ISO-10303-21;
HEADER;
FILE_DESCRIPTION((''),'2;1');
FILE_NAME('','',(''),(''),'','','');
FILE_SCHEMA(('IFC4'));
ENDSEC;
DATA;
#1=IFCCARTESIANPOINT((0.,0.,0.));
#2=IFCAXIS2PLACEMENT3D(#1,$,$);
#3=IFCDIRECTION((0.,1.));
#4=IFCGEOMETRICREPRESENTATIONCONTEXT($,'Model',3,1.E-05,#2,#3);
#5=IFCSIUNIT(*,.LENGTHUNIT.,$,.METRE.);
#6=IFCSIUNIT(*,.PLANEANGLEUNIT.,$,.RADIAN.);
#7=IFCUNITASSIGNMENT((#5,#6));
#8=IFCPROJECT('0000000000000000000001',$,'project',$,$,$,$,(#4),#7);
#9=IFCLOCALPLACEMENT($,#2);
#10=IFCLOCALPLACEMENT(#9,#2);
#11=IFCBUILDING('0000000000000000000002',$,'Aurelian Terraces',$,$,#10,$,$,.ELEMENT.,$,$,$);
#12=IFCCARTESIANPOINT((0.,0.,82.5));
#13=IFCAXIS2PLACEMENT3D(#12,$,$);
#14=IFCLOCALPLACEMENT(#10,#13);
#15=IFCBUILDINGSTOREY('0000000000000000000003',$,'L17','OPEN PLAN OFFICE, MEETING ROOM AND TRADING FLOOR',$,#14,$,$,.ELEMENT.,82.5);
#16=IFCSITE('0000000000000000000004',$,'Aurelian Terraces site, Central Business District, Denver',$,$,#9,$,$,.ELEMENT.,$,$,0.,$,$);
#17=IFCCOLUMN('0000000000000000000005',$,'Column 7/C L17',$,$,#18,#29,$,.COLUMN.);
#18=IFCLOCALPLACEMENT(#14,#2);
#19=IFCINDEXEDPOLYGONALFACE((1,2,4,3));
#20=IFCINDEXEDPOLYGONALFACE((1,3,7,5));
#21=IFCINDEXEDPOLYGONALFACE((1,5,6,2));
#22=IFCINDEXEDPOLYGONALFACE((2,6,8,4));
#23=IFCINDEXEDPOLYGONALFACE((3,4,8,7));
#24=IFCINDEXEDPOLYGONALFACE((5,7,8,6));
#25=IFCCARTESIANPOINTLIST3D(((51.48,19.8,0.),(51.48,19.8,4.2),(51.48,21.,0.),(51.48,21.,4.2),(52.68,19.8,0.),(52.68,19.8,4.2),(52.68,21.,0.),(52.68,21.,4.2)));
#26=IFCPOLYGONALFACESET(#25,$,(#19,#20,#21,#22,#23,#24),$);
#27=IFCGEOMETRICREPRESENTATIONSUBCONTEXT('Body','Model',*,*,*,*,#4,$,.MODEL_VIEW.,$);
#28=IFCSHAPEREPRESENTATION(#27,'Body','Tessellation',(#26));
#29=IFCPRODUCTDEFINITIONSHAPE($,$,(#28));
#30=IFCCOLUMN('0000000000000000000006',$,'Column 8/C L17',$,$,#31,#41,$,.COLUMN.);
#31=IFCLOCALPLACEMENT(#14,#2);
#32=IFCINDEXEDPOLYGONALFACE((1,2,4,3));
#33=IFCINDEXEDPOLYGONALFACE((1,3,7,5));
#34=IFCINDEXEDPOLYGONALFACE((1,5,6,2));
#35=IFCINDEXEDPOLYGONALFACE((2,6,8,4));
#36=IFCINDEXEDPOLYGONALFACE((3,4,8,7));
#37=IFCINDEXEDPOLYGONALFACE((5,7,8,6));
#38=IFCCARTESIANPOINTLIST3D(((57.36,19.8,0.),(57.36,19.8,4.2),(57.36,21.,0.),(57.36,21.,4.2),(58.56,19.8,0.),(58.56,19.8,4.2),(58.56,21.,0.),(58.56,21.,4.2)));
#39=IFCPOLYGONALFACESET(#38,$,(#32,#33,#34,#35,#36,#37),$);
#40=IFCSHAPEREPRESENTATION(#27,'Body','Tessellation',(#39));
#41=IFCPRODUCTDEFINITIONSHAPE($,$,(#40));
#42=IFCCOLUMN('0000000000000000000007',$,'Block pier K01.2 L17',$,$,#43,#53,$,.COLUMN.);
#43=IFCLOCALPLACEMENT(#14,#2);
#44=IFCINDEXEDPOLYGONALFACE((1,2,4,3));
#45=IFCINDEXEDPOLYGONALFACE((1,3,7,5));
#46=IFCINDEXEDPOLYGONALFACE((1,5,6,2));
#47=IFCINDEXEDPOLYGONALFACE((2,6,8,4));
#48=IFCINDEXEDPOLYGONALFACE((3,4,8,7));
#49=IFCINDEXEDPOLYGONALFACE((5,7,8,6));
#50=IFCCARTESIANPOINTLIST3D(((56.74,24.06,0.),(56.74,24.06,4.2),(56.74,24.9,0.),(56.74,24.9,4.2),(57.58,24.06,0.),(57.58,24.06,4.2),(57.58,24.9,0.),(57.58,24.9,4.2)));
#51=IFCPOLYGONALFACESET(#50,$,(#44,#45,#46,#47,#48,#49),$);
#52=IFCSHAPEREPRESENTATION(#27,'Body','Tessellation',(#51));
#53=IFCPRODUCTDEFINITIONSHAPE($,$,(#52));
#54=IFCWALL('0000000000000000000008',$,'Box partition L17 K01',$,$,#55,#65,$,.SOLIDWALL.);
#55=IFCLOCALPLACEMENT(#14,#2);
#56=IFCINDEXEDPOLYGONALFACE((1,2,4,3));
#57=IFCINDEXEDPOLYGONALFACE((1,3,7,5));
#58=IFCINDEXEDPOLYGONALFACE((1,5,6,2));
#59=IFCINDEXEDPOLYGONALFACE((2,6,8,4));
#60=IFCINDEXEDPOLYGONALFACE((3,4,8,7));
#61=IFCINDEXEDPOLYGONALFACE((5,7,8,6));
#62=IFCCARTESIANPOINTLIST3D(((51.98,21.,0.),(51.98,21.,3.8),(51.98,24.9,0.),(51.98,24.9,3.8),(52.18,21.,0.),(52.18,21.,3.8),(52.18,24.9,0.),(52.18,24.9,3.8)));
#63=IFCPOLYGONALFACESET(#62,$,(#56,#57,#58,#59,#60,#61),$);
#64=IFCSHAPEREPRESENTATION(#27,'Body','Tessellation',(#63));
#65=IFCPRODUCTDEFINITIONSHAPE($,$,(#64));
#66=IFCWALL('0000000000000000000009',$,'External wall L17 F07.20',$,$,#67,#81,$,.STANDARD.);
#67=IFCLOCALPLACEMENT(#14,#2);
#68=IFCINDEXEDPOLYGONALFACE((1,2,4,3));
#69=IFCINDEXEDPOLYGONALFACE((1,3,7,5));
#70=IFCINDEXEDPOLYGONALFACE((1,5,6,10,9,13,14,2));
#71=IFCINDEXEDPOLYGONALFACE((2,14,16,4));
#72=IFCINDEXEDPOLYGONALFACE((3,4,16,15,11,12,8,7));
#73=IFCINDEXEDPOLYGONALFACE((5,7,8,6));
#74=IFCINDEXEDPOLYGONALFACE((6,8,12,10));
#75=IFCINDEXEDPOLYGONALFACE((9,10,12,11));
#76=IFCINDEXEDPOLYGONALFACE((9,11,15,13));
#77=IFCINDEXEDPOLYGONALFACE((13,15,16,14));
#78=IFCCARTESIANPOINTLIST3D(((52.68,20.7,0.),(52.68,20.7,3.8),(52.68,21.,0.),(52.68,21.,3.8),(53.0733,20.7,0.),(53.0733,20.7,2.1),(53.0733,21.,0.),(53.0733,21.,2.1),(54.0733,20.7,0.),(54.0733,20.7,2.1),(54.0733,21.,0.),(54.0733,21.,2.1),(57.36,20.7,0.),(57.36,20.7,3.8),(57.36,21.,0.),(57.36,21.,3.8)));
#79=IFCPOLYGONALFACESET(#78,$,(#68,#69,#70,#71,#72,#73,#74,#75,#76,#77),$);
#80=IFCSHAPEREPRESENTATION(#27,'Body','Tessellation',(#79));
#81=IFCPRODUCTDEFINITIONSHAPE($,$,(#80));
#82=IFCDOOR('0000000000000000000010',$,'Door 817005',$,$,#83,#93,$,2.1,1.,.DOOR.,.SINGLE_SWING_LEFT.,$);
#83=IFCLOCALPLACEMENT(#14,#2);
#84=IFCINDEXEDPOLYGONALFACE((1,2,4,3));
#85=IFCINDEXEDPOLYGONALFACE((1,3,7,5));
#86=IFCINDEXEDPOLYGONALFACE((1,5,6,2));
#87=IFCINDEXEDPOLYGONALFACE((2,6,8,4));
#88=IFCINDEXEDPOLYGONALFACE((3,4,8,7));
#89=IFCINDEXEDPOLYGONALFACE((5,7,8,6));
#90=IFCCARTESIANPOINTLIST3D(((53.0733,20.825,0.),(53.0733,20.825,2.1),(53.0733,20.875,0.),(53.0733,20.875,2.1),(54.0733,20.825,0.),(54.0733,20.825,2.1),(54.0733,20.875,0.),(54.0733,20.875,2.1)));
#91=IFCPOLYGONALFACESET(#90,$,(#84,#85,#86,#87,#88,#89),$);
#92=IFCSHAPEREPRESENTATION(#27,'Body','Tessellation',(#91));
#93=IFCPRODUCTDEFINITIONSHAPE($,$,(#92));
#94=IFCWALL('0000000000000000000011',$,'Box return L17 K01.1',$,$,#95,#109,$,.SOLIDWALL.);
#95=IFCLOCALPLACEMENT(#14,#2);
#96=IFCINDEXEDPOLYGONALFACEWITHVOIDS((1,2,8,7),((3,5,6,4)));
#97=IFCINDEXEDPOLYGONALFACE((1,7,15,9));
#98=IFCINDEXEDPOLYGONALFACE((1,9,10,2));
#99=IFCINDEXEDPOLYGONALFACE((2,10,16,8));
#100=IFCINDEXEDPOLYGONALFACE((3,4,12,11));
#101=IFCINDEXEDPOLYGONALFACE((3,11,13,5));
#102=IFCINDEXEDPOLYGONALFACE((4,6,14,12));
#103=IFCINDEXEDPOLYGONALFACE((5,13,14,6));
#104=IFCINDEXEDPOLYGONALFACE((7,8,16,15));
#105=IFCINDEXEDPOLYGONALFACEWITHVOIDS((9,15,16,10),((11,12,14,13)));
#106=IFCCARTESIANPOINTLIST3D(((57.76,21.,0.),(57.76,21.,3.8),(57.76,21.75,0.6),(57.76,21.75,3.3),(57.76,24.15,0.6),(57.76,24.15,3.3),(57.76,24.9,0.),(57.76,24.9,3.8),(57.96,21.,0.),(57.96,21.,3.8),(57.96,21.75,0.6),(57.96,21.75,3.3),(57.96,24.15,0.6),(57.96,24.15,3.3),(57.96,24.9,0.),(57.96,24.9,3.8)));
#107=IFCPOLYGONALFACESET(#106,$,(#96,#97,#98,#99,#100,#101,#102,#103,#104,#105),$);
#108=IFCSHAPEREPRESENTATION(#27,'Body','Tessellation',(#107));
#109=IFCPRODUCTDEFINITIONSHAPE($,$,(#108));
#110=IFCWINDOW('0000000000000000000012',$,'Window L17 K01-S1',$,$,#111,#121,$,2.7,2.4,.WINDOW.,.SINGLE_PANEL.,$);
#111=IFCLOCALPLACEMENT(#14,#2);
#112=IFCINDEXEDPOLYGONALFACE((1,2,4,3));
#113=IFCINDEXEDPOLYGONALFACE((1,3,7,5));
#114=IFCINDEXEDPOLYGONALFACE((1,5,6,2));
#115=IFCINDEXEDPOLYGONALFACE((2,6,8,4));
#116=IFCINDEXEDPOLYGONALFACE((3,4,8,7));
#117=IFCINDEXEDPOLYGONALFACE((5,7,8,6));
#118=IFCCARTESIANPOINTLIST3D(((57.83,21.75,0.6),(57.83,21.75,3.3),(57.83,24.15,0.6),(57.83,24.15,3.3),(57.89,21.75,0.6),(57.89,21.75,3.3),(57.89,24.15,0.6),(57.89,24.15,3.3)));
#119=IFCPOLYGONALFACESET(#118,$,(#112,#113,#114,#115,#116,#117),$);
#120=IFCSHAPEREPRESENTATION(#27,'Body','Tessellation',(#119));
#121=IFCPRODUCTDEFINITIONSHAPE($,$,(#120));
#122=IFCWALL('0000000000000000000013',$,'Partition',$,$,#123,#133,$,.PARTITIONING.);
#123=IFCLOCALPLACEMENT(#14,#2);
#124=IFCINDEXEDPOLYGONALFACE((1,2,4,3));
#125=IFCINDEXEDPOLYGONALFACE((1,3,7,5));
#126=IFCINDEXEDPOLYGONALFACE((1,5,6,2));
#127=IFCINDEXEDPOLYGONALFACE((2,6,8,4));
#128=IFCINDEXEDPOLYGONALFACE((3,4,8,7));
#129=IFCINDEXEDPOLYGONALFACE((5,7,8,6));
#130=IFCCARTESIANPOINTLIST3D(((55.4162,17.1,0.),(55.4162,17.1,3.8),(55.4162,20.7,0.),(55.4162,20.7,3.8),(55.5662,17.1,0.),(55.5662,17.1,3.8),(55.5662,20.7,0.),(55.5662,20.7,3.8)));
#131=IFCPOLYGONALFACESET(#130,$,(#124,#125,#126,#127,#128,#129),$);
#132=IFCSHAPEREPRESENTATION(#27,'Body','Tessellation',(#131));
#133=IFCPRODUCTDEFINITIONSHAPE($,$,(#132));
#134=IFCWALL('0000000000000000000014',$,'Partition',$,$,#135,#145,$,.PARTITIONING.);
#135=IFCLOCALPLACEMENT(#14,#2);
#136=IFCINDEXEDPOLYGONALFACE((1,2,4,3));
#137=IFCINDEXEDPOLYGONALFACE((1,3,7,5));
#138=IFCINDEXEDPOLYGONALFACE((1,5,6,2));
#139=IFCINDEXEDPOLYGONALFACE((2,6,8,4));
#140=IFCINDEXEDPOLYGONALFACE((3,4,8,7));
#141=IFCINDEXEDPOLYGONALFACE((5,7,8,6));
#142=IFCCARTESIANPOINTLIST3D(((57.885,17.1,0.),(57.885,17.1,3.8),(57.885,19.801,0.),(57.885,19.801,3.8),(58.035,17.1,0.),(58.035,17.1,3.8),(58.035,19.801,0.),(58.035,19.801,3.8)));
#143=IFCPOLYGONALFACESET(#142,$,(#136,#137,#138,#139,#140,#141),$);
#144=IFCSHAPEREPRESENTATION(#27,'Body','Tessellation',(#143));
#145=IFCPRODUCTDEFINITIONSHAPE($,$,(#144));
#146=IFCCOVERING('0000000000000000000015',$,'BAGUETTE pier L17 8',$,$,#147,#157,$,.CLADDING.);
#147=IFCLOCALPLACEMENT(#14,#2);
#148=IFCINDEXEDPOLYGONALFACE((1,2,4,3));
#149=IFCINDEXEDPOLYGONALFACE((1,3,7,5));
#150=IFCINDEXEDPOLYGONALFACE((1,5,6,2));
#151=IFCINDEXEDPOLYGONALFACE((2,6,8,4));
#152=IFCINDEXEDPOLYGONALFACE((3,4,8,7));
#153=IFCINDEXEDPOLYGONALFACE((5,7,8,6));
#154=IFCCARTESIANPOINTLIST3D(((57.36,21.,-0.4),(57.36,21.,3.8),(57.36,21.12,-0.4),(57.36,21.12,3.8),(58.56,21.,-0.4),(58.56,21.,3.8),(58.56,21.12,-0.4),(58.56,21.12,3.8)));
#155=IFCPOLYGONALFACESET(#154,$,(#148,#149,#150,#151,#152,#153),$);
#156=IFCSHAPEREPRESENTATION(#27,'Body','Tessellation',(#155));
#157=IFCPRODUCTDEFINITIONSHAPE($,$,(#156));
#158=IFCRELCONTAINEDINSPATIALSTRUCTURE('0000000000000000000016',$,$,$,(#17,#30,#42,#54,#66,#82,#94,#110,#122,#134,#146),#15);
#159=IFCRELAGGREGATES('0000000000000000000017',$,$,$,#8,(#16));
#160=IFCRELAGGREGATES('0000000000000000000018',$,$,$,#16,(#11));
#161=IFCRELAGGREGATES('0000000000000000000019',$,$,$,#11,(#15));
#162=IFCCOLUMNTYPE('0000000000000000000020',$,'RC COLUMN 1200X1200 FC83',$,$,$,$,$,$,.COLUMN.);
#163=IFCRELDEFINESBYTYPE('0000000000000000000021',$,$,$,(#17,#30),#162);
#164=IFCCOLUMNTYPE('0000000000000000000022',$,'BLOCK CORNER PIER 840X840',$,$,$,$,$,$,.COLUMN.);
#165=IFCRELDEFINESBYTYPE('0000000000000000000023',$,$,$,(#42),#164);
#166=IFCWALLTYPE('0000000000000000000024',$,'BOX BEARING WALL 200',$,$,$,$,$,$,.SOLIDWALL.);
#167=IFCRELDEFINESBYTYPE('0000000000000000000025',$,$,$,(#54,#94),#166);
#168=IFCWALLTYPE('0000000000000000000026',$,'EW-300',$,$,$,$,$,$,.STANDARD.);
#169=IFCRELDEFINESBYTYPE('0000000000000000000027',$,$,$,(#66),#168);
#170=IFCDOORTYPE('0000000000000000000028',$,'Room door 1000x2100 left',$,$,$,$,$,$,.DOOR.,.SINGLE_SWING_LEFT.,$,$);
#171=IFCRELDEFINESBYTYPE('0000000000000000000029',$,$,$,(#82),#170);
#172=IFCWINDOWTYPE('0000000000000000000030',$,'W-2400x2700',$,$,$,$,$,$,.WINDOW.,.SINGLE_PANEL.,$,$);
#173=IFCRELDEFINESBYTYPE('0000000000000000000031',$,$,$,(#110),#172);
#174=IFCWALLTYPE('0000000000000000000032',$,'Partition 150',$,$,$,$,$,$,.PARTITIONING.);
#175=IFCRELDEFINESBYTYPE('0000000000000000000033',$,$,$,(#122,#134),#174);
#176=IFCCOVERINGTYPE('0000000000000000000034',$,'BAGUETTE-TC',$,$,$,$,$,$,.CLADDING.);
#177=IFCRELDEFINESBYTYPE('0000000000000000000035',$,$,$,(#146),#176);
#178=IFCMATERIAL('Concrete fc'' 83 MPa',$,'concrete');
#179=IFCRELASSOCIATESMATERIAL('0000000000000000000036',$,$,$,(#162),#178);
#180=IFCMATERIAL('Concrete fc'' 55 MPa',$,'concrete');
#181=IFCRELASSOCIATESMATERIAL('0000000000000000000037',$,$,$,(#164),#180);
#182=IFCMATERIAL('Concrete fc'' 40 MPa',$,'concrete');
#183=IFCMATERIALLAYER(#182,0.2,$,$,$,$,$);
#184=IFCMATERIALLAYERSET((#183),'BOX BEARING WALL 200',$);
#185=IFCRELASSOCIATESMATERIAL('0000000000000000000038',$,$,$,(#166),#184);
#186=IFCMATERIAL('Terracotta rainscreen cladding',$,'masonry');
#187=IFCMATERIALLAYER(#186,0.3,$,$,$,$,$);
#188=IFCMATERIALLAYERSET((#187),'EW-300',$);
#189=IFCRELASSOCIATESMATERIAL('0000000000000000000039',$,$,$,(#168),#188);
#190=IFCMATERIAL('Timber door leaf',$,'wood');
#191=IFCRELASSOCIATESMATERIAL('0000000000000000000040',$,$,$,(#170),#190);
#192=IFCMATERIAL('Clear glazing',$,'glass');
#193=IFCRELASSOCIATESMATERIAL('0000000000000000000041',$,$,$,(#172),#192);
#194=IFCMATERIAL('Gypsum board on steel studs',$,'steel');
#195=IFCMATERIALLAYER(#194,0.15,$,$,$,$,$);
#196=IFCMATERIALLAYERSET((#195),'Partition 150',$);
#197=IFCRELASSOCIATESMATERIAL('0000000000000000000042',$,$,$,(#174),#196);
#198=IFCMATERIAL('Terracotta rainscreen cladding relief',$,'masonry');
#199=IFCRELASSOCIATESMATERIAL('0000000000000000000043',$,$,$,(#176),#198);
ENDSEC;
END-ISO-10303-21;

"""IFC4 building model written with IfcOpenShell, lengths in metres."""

from ifc_helpers import new_model, si_unit, direction, frame, frame_2d, origin, origin_2d, place, context, subcontext, project, spatial, rectangle, extrude, source, transform, mapped, material, layer, layer_set, material_profile, profile_set, type_object, element, fill, save


model = new_model("IFC4")

# Units and contexts
model_context = context("Model", 3, precision=1e-05, world=origin(), true_north=direction((0.0, 1.0)))
body_context = subcontext(model_context, "Body", "Model", "MODEL_VIEW")
ifc_project = project(units=[si_unit("LENGTHUNIT", "METRE"), si_unit("PLANEANGLEUNIT", "RADIAN")], contexts=[model_context])

# Site, building, storey
site_placement = place(None, origin())
site = spatial("IfcSite", under=ifc_project, at=site_placement, Name="Aurelian Terraces site, Central Business District, Denver", CompositionType="ELEMENT", RefElevation=0.0)
building_placement = place(site_placement, origin())
building = spatial("IfcBuilding", under=site, at=building_placement, Name="Aurelian Terraces", CompositionType="ELEMENT")
storey_placement = place(building_placement, frame((0.0, 0.0, 82.5)))
storey = spatial("IfcBuildingStorey", under=building, at=storey_placement, Name="L17", Description="OPEN PLAN OFFICE, MEETING ROOM AND TRADING FLOOR", CompositionType="ELEMENT", Elevation=82.5)

# Columns
ifc_material_1 = material(Name="Concrete fc' 83 MPa", Category="concrete")
ifc_material_profile_1 = material_profile(ifc_material_1, rectangle(XDim=1.2, YDim=1.2, at=origin_2d()))
ifc_profile_set_1 = profile_set([ifc_material_profile_1], Name="Concrete fc' 83 MPa")
column_type_1 = type_object("IfcColumnType", Name="RC COLUMN 1200X1200 FC83", PredefinedType="COLUMN", material=ifc_profile_set_1)
shared_shape_1 = source(origin(), body_context, "Body", "SweptSolid", [
    extrude(rectangle(XDim=1.2, YDim=1.2, at=origin_2d()), origin(), (0.0, 0.0, 1.0), 4.2),
])
for number, where, z_axis, x_axis, name in (
    (1, (52.08, 20.4, 0.0), (0.0, 0.0, 1.0), (1.0, 0.0, 0.0), "Column 7/C L17"),
    (2, (57.96, 20.4, 0.0), (0.0, 0.0, 1.0), (1.0, 0.0, 0.0), "Column 8/C L17"),
):
    element("IfcColumn", number, at=place(storey_placement, frame(where, z_axis=z_axis, x_axis=x_axis)), inside=storey, type_object=column_type_1, Name=name, PredefinedType="COLUMN", context=body_context, shape_type="MappedRepresentation", body=[
        mapped(shared_shape_1, transform((0.0, 0.0, 0.0), scale=1.0)),
    ])
ifc_material_2 = material(Name="Concrete fc' 55 MPa", Category="concrete")
ifc_material_profile_2 = material_profile(ifc_material_2, rectangle(XDim=0.84, YDim=0.84, at=origin_2d()))
ifc_profile_set_2 = profile_set([ifc_material_profile_2], Name="Concrete fc' 55 MPa")
column_type_2 = type_object("IfcColumnType", Name="BLOCK CORNER PIER 840X840", PredefinedType="COLUMN", material=ifc_profile_set_2)
shared_shape_2 = source(origin(), body_context, "Body", "SweptSolid", [
    extrude(rectangle(XDim=0.84, YDim=0.84, at=origin_2d()), origin(), (0.0, 0.0, 1.0), 4.2),
])
column_placement = place(storey_placement, frame((57.16, 24.48, 0.0), z_axis=(0.0, 0.0, 1.0), x_axis=(1.0, 0.0, 0.0)))
element("IfcColumn", 3, at=column_placement, inside=storey, type_object=column_type_2, Name="Block pier K01.2 L17", PredefinedType="COLUMN", context=body_context, shape_type="MappedRepresentation", body=[
    mapped(shared_shape_2, transform((0.0, 0.0, 0.0), scale=1.0)),
])

# Wall
ifc_material_3 = material(Name="Concrete fc' 40 MPa", Category="concrete")
ifc_layer_1 = layer(ifc_material_3, 0.2)
ifc_layer_set_1 = layer_set([ifc_layer_1], Name="BOX BEARING WALL 200")
wall_type_1 = type_object("IfcWallType", Name="BOX BEARING WALL 200", PredefinedType="SOLIDWALL", material=ifc_layer_set_1)
wall_1_placement = place(storey_placement, frame((52.08, 21.0, 0.0), z_axis=(0.0, 0.0, 1.0), x_axis=(0.0, 1.0, 0.0)))
element("IfcWall", 4, at=wall_1_placement, inside=storey, type_object=wall_type_1, Name="Box partition L17 K01", PredefinedType="SOLIDWALL", context=body_context, shape_type="SweptSolid", body=[
    extrude(rectangle(XDim=3.9, YDim=0.2, at=frame_2d((1.95, 0.0))), origin(), (0.0, 0.0, 1.0), 3.8),
])

# Wall, opening, door
ifc_material_4 = material(Name="Terracotta rainscreen cladding", Category="masonry")
ifc_layer_2 = layer(ifc_material_4, 0.3)
ifc_layer_set_2 = layer_set([ifc_layer_2], Name="EW-300")
wall_type_2 = type_object("IfcWallType", Name="EW-300", PredefinedType="STANDARD", material=ifc_layer_set_2)
shared_shape_3 = source(origin(), body_context, "Body", "SweptSolid", [
    extrude(rectangle(XDim=4.68, YDim=0.3, at=frame_2d((2.34, 0.0))), origin(), (0.0, 0.0, 1.0), 3.8),
])
wall_2_placement = place(storey_placement, frame((57.36, 20.85, 0.0), z_axis=(0.0, 0.0, 1.0), x_axis=(-1.0, 0.0, 0.0)))
wall_2 = element("IfcWall", 5, at=wall_2_placement, inside=storey, type_object=wall_type_2, Name="External wall L17 F07.20", PredefinedType="STANDARD", context=body_context, shape_type="MappedRepresentation", body=[
    mapped(shared_shape_3, transform((0.0, 0.0, 0.0), scale=1.0)),
])
shared_shape_4 = source(origin(), body_context, "Body", "SweptSolid", [
    extrude(rectangle(XDim=1.0, YDim=2.1, at=frame_2d((0.5, 1.05))), frame((0.0, 0.16, 0.0), z_axis=(0.0, -1.0, 0.0), x_axis=(1.0, 0.0, 0.0)), (0.0, 0.0, 1.0), 0.32),
])
opening_1_placement = place(wall_2_placement, frame((3.2867, 0.0, 0.0)))
opening_1 = element("IfcOpeningElement", 6, at=opening_1_placement, cuts=wall_2, PredefinedType="OPENING", context=body_context, shape_type="MappedRepresentation", body=[
    mapped(shared_shape_4, transform((0.0, 0.0, 0.0), scale=1.0)),
])
ifc_material_5 = material(Name="Timber door leaf", Category="wood")
door_type = type_object("IfcDoorType", Name="Room door 1000x2100 left", OperationType="SINGLE_SWING_LEFT", PredefinedType="DOOR", material=ifc_material_5)
shared_shape_5 = source(origin(), body_context, "Body", "SweptSolid", [
    extrude(rectangle(XDim=1.0, YDim=2.1, at=frame_2d((0.5, 1.05))), frame((0.0, 0.025, 0.0), z_axis=(0.0, -1.0, 0.0), x_axis=(1.0, 0.0, 0.0)), (0.0, 0.0, 1.0), 0.05),
])
door_placement = place(opening_1_placement, origin())
door = element("IfcDoor", 7, at=door_placement, inside=storey, type_object=door_type, Name="Door 817005", OperationType="SINGLE_SWING_LEFT", OverallHeight=2.1, OverallWidth=1.0, PredefinedType="DOOR", context=body_context, shape_type="MappedRepresentation", body=[
    mapped(shared_shape_5, transform((0.0, 0.0, 0.0), scale=1.0)),
])
fill(opening_1, door)

# Wall, opening, window
shared_shape_6 = source(origin(), body_context, "Body", "SweptSolid", [
    extrude(rectangle(XDim=3.9, YDim=0.2, at=frame_2d((1.95, 0.0))), origin(), (0.0, 0.0, 1.0), 3.8),
])
wall_3_placement = place(storey_placement, frame((57.86, 21.0, 0.0), z_axis=(0.0, 0.0, 1.0), x_axis=(0.0, 1.0, 0.0)))
wall_3 = element("IfcWall", 8, at=wall_3_placement, inside=storey, type_object=wall_type_1, Name="Box return L17 K01.1", PredefinedType="SOLIDWALL", context=body_context, shape_type="MappedRepresentation", body=[
    mapped(shared_shape_6, transform((0.0, 0.0, 0.0), scale=1.0)),
])
shared_shape_7 = source(origin(), body_context, "Body", "SweptSolid", [
    extrude(rectangle(XDim=2.4, YDim=2.7, at=frame_2d((1.2, 1.35))), frame((0.0, 0.11, 0.0), z_axis=(0.0, -1.0, 0.0), x_axis=(1.0, 0.0, 0.0)), (0.0, 0.0, 1.0), 0.22),
])
opening_2_placement = place(wall_3_placement, frame((0.75, 0.0, 0.6)))
opening_2 = element("IfcOpeningElement", 9, at=opening_2_placement, cuts=wall_3, PredefinedType="OPENING", context=body_context, shape_type="MappedRepresentation", body=[
    mapped(shared_shape_7, transform((0.0, 0.0, 0.0), scale=1.0)),
])
ifc_material_6 = material(Name="Clear glazing", Category="glass")
window_type = type_object("IfcWindowType", Name="W-2400x2700", PartitioningType="SINGLE_PANEL", PredefinedType="WINDOW", material=ifc_material_6)
shared_shape_8 = source(origin(), body_context, "Body", "SweptSolid", [
    extrude(rectangle(XDim=2.4, YDim=2.7, at=frame_2d((1.2, 1.35))), frame((0.0, 0.03, 0.0), z_axis=(0.0, -1.0, 0.0), x_axis=(1.0, 0.0, 0.0)), (0.0, 0.0, 1.0), 0.06),
])
window_placement = place(opening_2_placement, origin())
window = element("IfcWindow", 10, at=window_placement, inside=storey, type_object=window_type, Name="Window L17 K01-S1", OverallHeight=2.7, OverallWidth=2.4, PartitioningType="SINGLE_PANEL", PredefinedType="WINDOW", context=body_context, shape_type="MappedRepresentation", body=[
    mapped(shared_shape_8, transform((0.0, 0.0, 0.0), scale=1.0)),
])
fill(opening_2, window)

# Walls
ifc_material_7 = material(Name="Gypsum board on steel studs", Category="steel")
ifc_layer_3 = layer(ifc_material_7, 0.15)
ifc_layer_set_3 = layer_set([ifc_layer_3], Name="Partition 150")
wall_type_3 = type_object("IfcWallType", Name="Partition 150", PredefinedType="PARTITIONING", material=ifc_layer_set_3)
shared_shape_9 = source(origin(), body_context, "Body", "SweptSolid", [
    extrude(rectangle(XDim=3.6, YDim=0.15, at=frame_2d((1.8, 0.0))), origin(), (0.0, 0.0, 1.0), 3.8),
])
wall_4_placement = place(storey_placement, frame((55.4912, 20.7, 0.0), z_axis=(0.0, 0.0, 1.0), x_axis=(0.0, -1.0, 0.0)))
element("IfcWall", 11, at=wall_4_placement, inside=storey, type_object=wall_type_3, Name="Partition", PredefinedType="PARTITIONING", context=body_context, shape_type="MappedRepresentation", body=[
    mapped(shared_shape_9, transform((0.0, 0.0, 0.0), scale=1.0)),
])
shared_shape_10 = source(origin(), body_context, "Body", "SweptSolid", [
    extrude(rectangle(XDim=2.701, YDim=0.15, at=frame_2d((1.3505, 0.0))), origin(), (0.0, 0.0, 1.0), 3.8),
])
wall_5_placement = place(storey_placement, frame((57.96, 17.1, 0.0), z_axis=(0.0, 0.0, 1.0), x_axis=(0.0, 1.0, 0.0)))
element("IfcWall", 12, at=wall_5_placement, inside=storey, type_object=wall_type_3, Name="Partition", PredefinedType="PARTITIONING", context=body_context, shape_type="MappedRepresentation", body=[
    mapped(shared_shape_10, transform((0.0, 0.0, 0.0), scale=1.0)),
])

# Covering
ifc_material_8 = material(Name="Terracotta rainscreen cladding relief", Category="masonry")
covering_type = type_object("IfcCoveringType", Name="BAGUETTE-TC", PredefinedType="CLADDING", material=ifc_material_8)
shared_shape_11 = source(origin(), body_context, "Body", "SweptSolid", [
    extrude(rectangle(XDim=1.2, YDim=0.12, at=origin_2d()), origin(), (0.0, 0.0, 1.0), 4.2),
])
covering_placement = place(storey_placement, frame((57.96, 21.06, -0.4), z_axis=(0.0, 0.0, 1.0), x_axis=(1.0, 0.0, 0.0)))
element("IfcCovering", 13, at=covering_placement, inside=storey, type_object=covering_type, Name="BAGUETTE pier L17 8", PredefinedType="CLADDING", context=body_context, shape_type="MappedRepresentation", body=[
    mapped(shared_shape_11, transform((0.0, 0.0, 0.0), scale=1.0)),
])

save(model, "model.ifc")
